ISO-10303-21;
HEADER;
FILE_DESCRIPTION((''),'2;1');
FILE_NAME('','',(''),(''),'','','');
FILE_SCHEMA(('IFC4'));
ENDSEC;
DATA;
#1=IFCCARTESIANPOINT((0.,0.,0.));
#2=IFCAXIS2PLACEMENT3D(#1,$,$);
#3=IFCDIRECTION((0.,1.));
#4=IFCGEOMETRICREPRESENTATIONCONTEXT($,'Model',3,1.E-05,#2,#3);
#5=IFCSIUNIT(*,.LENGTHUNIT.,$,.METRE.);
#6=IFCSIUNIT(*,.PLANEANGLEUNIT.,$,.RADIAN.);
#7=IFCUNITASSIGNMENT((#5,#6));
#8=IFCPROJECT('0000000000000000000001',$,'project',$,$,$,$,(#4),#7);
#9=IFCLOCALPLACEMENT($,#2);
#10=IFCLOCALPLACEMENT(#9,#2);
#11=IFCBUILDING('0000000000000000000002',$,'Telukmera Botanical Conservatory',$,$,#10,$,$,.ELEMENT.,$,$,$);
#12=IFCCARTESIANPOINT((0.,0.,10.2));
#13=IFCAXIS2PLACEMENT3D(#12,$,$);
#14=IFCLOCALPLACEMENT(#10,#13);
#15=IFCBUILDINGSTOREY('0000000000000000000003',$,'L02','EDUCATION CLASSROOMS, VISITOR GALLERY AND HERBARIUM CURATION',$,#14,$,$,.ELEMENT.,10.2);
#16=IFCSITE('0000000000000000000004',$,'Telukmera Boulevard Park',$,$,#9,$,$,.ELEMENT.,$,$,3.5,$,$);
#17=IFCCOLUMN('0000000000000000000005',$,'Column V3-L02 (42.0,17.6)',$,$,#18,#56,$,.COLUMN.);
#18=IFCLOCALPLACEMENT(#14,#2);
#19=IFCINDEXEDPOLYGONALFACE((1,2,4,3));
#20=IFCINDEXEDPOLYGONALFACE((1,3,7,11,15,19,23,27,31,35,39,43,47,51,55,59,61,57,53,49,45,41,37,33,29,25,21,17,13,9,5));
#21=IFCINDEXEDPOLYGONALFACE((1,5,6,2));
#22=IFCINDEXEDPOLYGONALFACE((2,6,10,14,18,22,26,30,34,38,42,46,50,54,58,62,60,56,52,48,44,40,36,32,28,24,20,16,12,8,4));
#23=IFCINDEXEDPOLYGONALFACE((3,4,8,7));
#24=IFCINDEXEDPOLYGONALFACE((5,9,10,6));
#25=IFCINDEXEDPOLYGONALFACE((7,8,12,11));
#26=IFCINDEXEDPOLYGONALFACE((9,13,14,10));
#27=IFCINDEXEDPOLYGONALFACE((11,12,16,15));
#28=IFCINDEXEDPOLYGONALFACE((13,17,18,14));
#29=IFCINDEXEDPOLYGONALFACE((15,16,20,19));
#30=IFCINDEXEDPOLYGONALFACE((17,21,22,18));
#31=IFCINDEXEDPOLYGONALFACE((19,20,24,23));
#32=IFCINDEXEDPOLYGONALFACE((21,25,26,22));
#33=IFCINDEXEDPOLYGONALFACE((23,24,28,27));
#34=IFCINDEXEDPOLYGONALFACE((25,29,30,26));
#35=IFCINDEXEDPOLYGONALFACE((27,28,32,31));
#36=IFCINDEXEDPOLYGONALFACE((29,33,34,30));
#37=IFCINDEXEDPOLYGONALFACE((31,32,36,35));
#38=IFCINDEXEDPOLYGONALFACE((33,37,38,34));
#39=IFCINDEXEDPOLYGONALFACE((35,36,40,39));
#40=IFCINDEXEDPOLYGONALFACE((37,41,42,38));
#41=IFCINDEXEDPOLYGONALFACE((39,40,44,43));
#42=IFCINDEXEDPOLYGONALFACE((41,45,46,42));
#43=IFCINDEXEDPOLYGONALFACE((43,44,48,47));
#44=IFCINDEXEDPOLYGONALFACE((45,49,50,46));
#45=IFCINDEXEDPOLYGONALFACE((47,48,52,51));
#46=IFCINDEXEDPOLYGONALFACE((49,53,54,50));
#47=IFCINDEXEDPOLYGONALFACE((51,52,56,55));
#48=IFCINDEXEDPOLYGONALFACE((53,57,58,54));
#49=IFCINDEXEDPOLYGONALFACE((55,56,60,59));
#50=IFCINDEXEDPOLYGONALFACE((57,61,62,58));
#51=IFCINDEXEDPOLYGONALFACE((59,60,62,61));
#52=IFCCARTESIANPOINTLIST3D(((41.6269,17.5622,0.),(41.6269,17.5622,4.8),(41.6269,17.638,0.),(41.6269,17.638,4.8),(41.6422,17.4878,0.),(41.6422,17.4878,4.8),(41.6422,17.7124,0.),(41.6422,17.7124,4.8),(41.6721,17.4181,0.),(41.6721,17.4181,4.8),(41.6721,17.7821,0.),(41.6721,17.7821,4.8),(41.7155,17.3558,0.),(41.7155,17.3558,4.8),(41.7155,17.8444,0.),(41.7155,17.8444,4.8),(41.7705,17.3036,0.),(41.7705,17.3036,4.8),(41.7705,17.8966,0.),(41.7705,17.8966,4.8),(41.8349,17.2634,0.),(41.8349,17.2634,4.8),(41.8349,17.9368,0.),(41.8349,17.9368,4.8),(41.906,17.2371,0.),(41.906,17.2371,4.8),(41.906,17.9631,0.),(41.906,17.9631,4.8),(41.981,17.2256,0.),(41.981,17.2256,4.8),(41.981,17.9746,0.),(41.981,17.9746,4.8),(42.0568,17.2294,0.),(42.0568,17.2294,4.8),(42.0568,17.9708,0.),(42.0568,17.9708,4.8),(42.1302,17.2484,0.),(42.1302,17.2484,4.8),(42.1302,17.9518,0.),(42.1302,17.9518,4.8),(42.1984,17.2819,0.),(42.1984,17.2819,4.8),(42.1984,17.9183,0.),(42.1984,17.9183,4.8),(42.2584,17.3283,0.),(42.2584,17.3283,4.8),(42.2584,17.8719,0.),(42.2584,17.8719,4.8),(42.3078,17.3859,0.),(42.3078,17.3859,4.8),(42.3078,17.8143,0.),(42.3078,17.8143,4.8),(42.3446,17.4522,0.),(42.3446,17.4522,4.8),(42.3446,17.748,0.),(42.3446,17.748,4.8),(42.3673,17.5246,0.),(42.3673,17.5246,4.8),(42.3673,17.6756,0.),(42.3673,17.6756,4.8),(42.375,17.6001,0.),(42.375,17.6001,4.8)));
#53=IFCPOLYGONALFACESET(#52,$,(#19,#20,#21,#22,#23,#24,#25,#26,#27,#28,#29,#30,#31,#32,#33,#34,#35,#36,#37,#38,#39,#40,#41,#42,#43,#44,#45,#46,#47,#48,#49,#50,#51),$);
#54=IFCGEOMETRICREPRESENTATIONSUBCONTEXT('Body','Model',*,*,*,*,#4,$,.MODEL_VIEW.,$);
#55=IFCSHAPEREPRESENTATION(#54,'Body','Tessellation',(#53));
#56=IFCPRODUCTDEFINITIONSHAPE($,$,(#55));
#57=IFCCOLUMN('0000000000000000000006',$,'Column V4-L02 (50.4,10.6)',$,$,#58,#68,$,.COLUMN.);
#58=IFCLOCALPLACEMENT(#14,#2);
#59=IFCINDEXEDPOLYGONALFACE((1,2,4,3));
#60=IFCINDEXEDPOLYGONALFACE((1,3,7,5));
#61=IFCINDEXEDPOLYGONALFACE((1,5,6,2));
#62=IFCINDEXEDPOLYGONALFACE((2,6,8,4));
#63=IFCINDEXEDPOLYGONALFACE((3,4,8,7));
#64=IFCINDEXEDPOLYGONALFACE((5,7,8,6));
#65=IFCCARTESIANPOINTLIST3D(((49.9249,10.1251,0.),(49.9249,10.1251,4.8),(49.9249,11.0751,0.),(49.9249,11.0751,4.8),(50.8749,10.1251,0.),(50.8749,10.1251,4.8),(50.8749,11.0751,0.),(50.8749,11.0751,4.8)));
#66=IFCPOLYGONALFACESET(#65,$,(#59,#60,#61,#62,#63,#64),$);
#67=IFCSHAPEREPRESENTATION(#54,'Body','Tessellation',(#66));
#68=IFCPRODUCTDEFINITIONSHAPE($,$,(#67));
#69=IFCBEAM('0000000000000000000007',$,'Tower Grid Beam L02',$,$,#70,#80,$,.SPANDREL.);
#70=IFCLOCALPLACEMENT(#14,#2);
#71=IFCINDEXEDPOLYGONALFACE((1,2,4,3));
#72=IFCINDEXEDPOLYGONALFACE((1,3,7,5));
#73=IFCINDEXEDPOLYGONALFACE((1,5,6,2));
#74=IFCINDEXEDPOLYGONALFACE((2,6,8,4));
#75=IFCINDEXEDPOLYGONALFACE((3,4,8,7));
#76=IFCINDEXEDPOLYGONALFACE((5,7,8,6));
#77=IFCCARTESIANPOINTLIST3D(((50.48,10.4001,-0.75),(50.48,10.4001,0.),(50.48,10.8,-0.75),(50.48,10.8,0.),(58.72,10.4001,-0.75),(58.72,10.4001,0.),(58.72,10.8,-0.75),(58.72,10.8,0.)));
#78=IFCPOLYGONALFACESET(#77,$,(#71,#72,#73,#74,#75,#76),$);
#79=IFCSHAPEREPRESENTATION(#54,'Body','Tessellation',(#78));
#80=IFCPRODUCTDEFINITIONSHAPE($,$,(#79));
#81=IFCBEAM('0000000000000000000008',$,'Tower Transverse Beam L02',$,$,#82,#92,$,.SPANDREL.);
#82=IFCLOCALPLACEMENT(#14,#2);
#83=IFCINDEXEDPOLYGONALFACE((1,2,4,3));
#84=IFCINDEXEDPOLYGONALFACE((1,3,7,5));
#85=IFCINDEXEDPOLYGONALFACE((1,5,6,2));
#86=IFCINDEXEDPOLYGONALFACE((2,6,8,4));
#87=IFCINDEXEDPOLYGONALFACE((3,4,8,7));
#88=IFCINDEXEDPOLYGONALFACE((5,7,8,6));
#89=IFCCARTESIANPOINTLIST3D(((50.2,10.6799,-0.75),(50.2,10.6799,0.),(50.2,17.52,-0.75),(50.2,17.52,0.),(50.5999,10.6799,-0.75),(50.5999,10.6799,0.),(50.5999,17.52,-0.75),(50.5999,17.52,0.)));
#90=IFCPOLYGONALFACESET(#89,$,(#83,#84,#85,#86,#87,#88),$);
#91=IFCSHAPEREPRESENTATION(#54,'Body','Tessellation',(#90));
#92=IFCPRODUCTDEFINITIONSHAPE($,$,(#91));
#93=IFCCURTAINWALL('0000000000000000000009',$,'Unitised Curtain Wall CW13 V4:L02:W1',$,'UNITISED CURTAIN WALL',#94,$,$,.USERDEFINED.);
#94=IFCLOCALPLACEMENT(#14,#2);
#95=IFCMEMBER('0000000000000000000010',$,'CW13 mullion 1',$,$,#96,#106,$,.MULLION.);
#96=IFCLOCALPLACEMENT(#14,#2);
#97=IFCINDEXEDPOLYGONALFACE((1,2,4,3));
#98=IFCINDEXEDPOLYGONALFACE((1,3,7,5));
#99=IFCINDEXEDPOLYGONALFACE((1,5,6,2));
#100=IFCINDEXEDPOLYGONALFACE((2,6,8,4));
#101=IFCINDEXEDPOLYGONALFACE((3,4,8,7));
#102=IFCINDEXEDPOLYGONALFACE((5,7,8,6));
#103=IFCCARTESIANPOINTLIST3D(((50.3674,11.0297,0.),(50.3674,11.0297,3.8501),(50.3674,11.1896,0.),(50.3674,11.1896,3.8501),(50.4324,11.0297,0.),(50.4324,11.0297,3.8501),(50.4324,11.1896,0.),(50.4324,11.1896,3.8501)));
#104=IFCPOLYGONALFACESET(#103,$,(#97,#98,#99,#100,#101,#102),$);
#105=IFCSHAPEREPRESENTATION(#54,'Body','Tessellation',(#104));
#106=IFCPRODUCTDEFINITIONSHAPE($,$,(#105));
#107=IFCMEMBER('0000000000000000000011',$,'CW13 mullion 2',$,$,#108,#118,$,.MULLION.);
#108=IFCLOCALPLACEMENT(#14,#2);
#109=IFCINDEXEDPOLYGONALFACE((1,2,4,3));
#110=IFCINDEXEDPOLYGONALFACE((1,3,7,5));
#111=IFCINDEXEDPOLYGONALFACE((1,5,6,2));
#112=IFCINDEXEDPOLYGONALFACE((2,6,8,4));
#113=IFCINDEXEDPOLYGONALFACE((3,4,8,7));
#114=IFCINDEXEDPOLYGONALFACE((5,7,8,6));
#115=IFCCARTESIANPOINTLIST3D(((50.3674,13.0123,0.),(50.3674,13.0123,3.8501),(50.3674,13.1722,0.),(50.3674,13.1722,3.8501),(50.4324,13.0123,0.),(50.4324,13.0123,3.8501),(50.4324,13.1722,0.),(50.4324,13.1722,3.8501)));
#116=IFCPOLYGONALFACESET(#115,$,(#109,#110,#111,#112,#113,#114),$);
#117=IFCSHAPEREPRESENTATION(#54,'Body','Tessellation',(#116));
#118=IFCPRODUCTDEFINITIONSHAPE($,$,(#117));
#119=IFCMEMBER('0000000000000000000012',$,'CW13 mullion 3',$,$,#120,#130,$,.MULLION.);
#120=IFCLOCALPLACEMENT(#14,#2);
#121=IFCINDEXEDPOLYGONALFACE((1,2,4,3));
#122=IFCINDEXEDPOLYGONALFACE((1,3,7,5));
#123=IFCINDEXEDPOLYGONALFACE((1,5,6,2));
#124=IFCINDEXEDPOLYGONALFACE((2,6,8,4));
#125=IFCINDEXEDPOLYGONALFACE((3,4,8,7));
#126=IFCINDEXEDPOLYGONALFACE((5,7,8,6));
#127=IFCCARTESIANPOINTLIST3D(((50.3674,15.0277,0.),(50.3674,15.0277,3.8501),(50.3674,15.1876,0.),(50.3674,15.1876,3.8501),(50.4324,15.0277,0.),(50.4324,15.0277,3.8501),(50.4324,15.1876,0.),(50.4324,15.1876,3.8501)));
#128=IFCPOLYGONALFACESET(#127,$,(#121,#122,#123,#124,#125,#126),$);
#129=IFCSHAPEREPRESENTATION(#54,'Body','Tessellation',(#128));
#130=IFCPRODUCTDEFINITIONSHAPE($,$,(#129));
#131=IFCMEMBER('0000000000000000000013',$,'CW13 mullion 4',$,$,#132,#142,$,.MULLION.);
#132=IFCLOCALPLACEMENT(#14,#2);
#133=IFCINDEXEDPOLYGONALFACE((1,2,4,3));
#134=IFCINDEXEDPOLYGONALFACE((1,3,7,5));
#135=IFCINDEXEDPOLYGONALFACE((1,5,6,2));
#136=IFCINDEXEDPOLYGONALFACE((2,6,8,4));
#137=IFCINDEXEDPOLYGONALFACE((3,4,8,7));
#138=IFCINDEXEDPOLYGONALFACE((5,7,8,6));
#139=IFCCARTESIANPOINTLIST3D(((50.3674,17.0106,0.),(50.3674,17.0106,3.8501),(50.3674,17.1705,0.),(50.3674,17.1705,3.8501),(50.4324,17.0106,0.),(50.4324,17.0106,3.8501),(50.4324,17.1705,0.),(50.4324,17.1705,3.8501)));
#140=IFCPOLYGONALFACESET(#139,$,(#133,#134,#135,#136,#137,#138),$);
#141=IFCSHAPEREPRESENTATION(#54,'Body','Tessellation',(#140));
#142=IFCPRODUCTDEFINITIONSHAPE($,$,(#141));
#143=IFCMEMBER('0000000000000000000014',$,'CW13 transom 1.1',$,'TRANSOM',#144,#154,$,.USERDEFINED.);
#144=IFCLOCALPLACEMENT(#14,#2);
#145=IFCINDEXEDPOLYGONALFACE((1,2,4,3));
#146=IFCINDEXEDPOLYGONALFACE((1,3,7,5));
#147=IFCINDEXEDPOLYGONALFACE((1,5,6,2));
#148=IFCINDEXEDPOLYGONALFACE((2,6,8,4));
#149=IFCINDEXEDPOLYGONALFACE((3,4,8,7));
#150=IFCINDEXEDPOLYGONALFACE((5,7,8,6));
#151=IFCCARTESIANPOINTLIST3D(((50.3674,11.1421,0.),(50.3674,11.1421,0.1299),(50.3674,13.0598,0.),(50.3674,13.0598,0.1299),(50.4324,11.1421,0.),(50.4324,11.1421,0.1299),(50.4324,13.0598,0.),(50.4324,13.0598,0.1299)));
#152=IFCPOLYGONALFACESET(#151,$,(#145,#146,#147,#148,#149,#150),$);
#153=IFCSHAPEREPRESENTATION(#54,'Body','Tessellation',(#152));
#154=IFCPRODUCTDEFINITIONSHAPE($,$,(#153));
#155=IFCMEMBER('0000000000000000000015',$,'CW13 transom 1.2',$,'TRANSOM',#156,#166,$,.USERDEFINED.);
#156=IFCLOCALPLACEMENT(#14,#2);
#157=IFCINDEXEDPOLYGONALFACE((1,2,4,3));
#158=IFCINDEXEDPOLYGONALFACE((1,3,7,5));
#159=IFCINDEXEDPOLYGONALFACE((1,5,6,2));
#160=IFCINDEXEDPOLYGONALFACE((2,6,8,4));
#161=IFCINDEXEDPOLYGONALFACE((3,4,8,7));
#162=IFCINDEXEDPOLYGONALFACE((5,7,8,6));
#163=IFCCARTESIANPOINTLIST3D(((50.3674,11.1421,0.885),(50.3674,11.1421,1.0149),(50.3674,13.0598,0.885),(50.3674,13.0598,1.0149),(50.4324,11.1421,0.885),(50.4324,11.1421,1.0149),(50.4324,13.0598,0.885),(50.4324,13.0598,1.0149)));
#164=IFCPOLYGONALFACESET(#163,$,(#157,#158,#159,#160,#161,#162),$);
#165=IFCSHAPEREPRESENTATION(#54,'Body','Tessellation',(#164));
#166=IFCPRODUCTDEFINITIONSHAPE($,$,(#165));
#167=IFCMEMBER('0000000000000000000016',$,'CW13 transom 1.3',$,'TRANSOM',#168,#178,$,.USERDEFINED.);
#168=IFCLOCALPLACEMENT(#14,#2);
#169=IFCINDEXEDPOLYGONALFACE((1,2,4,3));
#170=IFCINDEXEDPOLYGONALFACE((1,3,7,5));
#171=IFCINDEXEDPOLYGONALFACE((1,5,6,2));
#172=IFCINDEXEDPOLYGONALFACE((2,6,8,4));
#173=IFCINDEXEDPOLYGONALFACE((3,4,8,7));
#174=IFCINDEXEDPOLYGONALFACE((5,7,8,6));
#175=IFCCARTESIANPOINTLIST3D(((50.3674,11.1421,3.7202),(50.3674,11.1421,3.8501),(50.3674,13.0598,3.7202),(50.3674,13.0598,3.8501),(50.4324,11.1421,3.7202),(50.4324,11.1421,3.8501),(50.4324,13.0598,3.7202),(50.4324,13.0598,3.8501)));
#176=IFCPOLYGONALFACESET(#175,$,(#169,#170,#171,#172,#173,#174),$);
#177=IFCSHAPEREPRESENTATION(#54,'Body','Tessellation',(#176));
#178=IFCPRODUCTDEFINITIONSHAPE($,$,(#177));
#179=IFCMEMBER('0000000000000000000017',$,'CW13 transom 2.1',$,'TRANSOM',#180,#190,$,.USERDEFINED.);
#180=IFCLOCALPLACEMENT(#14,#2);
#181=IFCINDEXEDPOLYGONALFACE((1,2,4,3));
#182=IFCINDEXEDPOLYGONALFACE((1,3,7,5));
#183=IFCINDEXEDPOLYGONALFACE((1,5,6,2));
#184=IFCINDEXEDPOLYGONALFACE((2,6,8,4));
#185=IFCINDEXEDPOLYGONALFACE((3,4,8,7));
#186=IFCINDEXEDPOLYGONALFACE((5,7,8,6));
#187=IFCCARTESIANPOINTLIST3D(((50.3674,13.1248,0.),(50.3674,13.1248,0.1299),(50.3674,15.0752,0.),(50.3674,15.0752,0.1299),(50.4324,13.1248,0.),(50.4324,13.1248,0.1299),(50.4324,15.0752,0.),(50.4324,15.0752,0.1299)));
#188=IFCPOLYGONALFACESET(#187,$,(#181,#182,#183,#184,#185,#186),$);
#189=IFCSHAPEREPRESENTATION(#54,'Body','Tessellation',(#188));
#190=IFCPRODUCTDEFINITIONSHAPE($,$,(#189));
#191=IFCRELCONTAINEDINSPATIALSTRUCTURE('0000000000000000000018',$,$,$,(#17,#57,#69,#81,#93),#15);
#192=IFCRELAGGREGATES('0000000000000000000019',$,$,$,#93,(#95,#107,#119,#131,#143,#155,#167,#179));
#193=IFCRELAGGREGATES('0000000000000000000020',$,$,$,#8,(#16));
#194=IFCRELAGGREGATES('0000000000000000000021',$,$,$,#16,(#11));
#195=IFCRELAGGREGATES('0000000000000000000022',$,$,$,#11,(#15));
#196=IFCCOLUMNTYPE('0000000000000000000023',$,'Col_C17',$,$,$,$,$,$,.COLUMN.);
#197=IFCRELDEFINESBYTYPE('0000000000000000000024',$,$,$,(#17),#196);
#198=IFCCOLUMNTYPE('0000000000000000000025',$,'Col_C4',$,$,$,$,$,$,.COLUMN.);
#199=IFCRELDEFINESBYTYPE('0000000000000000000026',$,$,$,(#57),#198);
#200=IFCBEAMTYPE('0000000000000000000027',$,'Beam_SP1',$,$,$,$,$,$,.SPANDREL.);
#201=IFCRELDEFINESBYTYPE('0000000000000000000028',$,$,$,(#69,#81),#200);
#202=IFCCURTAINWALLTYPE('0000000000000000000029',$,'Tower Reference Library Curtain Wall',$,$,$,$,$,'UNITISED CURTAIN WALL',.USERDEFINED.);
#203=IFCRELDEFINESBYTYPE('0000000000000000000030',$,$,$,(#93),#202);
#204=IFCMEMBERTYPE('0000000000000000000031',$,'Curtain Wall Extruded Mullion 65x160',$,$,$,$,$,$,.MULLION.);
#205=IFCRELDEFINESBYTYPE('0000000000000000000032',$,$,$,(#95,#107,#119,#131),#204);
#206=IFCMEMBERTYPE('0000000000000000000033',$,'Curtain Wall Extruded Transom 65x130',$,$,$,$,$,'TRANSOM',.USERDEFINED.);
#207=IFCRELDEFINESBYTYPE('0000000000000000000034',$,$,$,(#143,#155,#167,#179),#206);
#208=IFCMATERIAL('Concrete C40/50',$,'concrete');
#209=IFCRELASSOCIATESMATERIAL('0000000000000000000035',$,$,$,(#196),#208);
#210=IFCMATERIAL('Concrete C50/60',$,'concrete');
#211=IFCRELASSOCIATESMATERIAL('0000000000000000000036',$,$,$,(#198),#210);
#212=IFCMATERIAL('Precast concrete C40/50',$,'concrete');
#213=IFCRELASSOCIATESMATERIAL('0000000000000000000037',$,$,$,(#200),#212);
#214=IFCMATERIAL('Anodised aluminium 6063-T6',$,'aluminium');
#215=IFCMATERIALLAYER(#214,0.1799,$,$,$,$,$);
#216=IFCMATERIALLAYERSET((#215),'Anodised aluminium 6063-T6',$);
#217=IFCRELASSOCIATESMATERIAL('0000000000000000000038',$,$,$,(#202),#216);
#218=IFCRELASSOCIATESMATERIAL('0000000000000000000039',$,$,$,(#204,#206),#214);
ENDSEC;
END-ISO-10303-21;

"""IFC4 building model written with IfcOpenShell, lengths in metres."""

from ifc_helpers import new_model, si_unit, direction, frame, origin, origin_2d, place, context, subcontext, project, spatial, rectangle, circle, extrude, material, layer, layer_set, material_profile, profile_set, type_object, element, aggregate, save


model = new_model("IFC4")

# Units and contexts
model_context = context("Model", 3, precision=1e-05, world=origin(), true_north=direction((0.0, 1.0)))
body_context = subcontext(model_context, "Body", "Model", "MODEL_VIEW")
ifc_project = project(units=[si_unit("LENGTHUNIT", "METRE"), si_unit("PLANEANGLEUNIT", "RADIAN")], contexts=[model_context])

# Site, building, storey
site_placement = place(None, origin())
site = spatial("IfcSite", under=ifc_project, at=site_placement, Name="Telukmera Boulevard Park", CompositionType="ELEMENT", RefElevation=3.5)
building_placement = place(site_placement, origin())
building = spatial("IfcBuilding", under=site, at=building_placement, Name="Telukmera Botanical Conservatory", CompositionType="ELEMENT")
storey_placement = place(building_placement, frame((0.0, 0.0, 10.2)))
storey = spatial("IfcBuildingStorey", under=building, at=storey_placement, Name="L02", Description="EDUCATION CLASSROOMS, VISITOR GALLERY AND HERBARIUM CURATION", CompositionType="ELEMENT", Elevation=10.2)

# Columns
ifc_material_1 = material(Name="Concrete C40/50", Category="concrete")
ifc_material_profile_1 = material_profile(ifc_material_1, circle(Radius=0.375, at=origin_2d()), Name="RC D750")
ifc_profile_set_1 = profile_set([ifc_material_profile_1], Name="Concrete C40/50")
column_type_1 = type_object("IfcColumnType", Name="Col_C17", PredefinedType="COLUMN", material=ifc_profile_set_1)
column_1_placement = place(storey_placement, frame((42.0, 17.6001, 0.0), z_axis=(0.0, 0.0, 1.0), x_axis=(1.0, 0.0, 0.0)))
element("IfcColumn", 1, at=column_1_placement, inside=storey, type_object=column_type_1, Name="Column V3-L02 (42.0,17.6)", PredefinedType="COLUMN", context=body_context, shape_type="SweptSolid", body=[
    extrude(circle(Radius=0.375, at=origin_2d()), origin(), (0.0, 0.0, 1.0), 4.8),
])
ifc_material_2 = material(Name="Concrete C50/60", Category="concrete")
ifc_material_profile_2 = material_profile(ifc_material_2, rectangle(XDim=0.95, YDim=0.95, at=origin_2d()), Name="RC 950x950")
ifc_profile_set_2 = profile_set([ifc_material_profile_2], Name="Concrete C50/60")
column_type_2 = type_object("IfcColumnType", Name="Col_C4", PredefinedType="COLUMN", material=ifc_profile_set_2)
column_2_placement = place(storey_placement, frame((50.3999, 10.6001, 0.0), z_axis=(0.0, 0.0, 1.0), x_axis=(1.0, 0.0, 0.0)))
element("IfcColumn", 2, at=column_2_placement, inside=storey, type_object=column_type_2, Name="Column V4-L02 (50.4,10.6)", PredefinedType="COLUMN", context=body_context, shape_type="SweptSolid", body=[
    extrude(rectangle(XDim=0.95, YDim=0.95, at=origin_2d()), origin(), (0.0, 0.0, 1.0), 4.8),
])

# Beams
ifc_material_3 = material(Name="Precast concrete C40/50", Category="concrete")
ifc_material_profile_3 = material_profile(ifc_material_3, rectangle(XDim=0.3999, YDim=0.75, at=origin_2d()), Name="PC 400x750")
ifc_profile_set_3 = profile_set([ifc_material_profile_3], Name="Precast concrete C40/50")
beam_type = type_object("IfcBeamType", Name="Beam_SP1", PredefinedType="SPANDREL", material=ifc_profile_set_3)
beam_1_placement = place(storey_placement, frame((50.48, 10.6001, -0.375), z_axis=(1.0, 0.0, 0.0), x_axis=(0.0, 1.0, 0.0)))
element("IfcBeam", 3, at=beam_1_placement, inside=storey, type_object=beam_type, Name="Tower Grid Beam L02", PredefinedType="SPANDREL", context=body_context, shape_type="SweptSolid", body=[
    extrude(rectangle(XDim=0.3999, YDim=0.75, at=origin_2d()), origin(), (0.0, 0.0, 1.0), 8.24),
])
beam_2_placement = place(storey_placement, frame((50.3999, 10.6799, -0.375), z_axis=(0.0, 1.0, 0.0), x_axis=(-1.0, 0.0, 0.0)))
element("IfcBeam", 4, at=beam_2_placement, inside=storey, type_object=beam_type, Name="Tower Transverse Beam L02", PredefinedType="SPANDREL", context=body_context, shape_type="SweptSolid", body=[
    extrude(rectangle(XDim=0.3999, YDim=0.75, at=origin_2d()), origin(), (0.0, 0.0, 1.0), 6.8401),
])

# Curtain wall, members
ifc_material_4 = material(Name="Anodised aluminium 6063-T6", Category="aluminium")
ifc_layer_1 = layer(ifc_material_4, 0.1799)
ifc_layer_set_1 = layer_set([ifc_layer_1], Name="Anodised aluminium 6063-T6")
curtain_wall_type = type_object("IfcCurtainWallType", Name="Tower Reference Library Curtain Wall", ElementType="UNITISED CURTAIN WALL", PredefinedType="USERDEFINED", material=ifc_layer_set_1)
curtain_wall_placement = place(storey_placement, origin())
curtain_wall = element("IfcCurtainWall", 5, at=curtain_wall_placement, inside=storey, type_object=curtain_wall_type, Name="Unitised Curtain Wall CW13 V4:L02:W1", ObjectType="UNITISED CURTAIN WALL", PredefinedType="USERDEFINED")
ifc_material_profile_4 = material_profile(ifc_material_4, rectangle(XDim=0.0649, YDim=0.1599, at=origin_2d()), Name="ALU MULL 65x160")
ifc_profile_set_4 = profile_set([ifc_material_profile_4], Name="Anodised aluminium 6063-T6")
member_type_1 = type_object("IfcMemberType", Name="Curtain Wall Extruded Mullion 65x160", PredefinedType="MULLION", material=ifc_profile_set_4)
member_1_placement = place(storey_placement, frame((50.3999, 11.1096, 0.0), z_axis=(0.0, 0.0, 1.0), x_axis=(-1.0, 0.0, 0.0)))
member_1 = element("IfcMember", 6, at=member_1_placement, type_object=member_type_1, Name="CW13 mullion 1", PredefinedType="MULLION", context=body_context, shape_type="SweptSolid", body=[
    extrude(rectangle(XDim=0.0649, YDim=0.1599, at=origin_2d()), origin(), (0.0, 0.0, 1.0), 3.8501),
])
member_2_placement = place(storey_placement, frame((50.3999, 13.0923, 0.0), z_axis=(0.0, 0.0, 1.0), x_axis=(-1.0, 0.0, 0.0)))
member_2 = element("IfcMember", 7, at=member_2_placement, type_object=member_type_1, Name="CW13 mullion 2", PredefinedType="MULLION", context=body_context, shape_type="SweptSolid", body=[
    extrude(rectangle(XDim=0.0649, YDim=0.1599, at=origin_2d()), origin(), (0.0, 0.0, 1.0), 3.8501),
])
member_3_placement = place(storey_placement, frame((50.3999, 15.1077, 0.0), z_axis=(0.0, 0.0, 1.0), x_axis=(-1.0, 0.0, 0.0)))
member_3 = element("IfcMember", 8, at=member_3_placement, type_object=member_type_1, Name="CW13 mullion 3", PredefinedType="MULLION", context=body_context, shape_type="SweptSolid", body=[
    extrude(rectangle(XDim=0.0649, YDim=0.1599, at=origin_2d()), origin(), (0.0, 0.0, 1.0), 3.8501),
])
member_4_placement = place(storey_placement, frame((50.3999, 17.0906, 0.0), z_axis=(0.0, 0.0, 1.0), x_axis=(-1.0, 0.0, 0.0)))
member_4 = element("IfcMember", 9, at=member_4_placement, type_object=member_type_1, Name="CW13 mullion 4", PredefinedType="MULLION", context=body_context, shape_type="SweptSolid", body=[
    extrude(rectangle(XDim=0.0649, YDim=0.1599, at=origin_2d()), origin(), (0.0, 0.0, 1.0), 3.8501),
])
ifc_material_profile_5 = material_profile(ifc_material_4, rectangle(XDim=0.0649, YDim=0.1299, at=origin_2d()), Name="ALU TRAN 65x130")
ifc_profile_set_5 = profile_set([ifc_material_profile_5], Name="Anodised aluminium 6063-T6")
member_type_2 = type_object("IfcMemberType", Name="Curtain Wall Extruded Transom 65x130", ElementType="TRANSOM", PredefinedType="USERDEFINED", material=ifc_profile_set_5)
member_5_placement = place(storey_placement, frame((50.3999, 11.1421, 0.0649), z_axis=(0.0, 1.0, 0.0), x_axis=(-1.0, 0.0, 0.0)))
member_5 = element("IfcMember", 10, at=member_5_placement, type_object=member_type_2, Name="CW13 transom 1.1", ObjectType="TRANSOM", PredefinedType="USERDEFINED", context=body_context, shape_type="SweptSolid", body=[
    extrude(rectangle(XDim=0.0649, YDim=0.1299, at=origin_2d()), origin(), (0.0, 0.0, 1.0), 1.9177),
])
member_6_placement = place(storey_placement, frame((50.3999, 11.1421, 0.95), z_axis=(0.0, 1.0, 0.0), x_axis=(-1.0, 0.0, 0.0)))
member_6 = element("IfcMember", 11, at=member_6_placement, type_object=member_type_2, Name="CW13 transom 1.2", ObjectType="TRANSOM", PredefinedType="USERDEFINED", context=body_context, shape_type="SweptSolid", body=[
    extrude(rectangle(XDim=0.0649, YDim=0.1299, at=origin_2d()), origin(), (0.0, 0.0, 1.0), 1.9177),
])
member_7_placement = place(storey_placement, frame((50.3999, 11.1421, 3.7852), z_axis=(0.0, 1.0, 0.0), x_axis=(-1.0, 0.0, 0.0)))
member_7 = element("IfcMember", 12, at=member_7_placement, type_object=member_type_2, Name="CW13 transom 1.3", ObjectType="TRANSOM", PredefinedType="USERDEFINED", context=body_context, shape_type="SweptSolid", body=[
    extrude(rectangle(XDim=0.0649, YDim=0.1299, at=origin_2d()), origin(), (0.0, 0.0, 1.0), 1.9177),
])
member_8_placement = place(storey_placement, frame((50.3999, 13.1248, 0.0649), z_axis=(0.0, 1.0, 0.0), x_axis=(-1.0, 0.0, 0.0)))
member_8 = element("IfcMember", 13, at=member_8_placement, type_object=member_type_2, Name="CW13 transom 2.1", ObjectType="TRANSOM", PredefinedType="USERDEFINED", context=body_context, shape_type="SweptSolid", body=[
    extrude(rectangle(XDim=0.0649, YDim=0.1299, at=origin_2d()), origin(), (0.0, 0.0, 1.0), 1.9504),
])
aggregate(curtain_wall, [member_1, member_2, member_3, member_4, member_5, member_6, member_7, member_8])

save(model, "model.ifc")
